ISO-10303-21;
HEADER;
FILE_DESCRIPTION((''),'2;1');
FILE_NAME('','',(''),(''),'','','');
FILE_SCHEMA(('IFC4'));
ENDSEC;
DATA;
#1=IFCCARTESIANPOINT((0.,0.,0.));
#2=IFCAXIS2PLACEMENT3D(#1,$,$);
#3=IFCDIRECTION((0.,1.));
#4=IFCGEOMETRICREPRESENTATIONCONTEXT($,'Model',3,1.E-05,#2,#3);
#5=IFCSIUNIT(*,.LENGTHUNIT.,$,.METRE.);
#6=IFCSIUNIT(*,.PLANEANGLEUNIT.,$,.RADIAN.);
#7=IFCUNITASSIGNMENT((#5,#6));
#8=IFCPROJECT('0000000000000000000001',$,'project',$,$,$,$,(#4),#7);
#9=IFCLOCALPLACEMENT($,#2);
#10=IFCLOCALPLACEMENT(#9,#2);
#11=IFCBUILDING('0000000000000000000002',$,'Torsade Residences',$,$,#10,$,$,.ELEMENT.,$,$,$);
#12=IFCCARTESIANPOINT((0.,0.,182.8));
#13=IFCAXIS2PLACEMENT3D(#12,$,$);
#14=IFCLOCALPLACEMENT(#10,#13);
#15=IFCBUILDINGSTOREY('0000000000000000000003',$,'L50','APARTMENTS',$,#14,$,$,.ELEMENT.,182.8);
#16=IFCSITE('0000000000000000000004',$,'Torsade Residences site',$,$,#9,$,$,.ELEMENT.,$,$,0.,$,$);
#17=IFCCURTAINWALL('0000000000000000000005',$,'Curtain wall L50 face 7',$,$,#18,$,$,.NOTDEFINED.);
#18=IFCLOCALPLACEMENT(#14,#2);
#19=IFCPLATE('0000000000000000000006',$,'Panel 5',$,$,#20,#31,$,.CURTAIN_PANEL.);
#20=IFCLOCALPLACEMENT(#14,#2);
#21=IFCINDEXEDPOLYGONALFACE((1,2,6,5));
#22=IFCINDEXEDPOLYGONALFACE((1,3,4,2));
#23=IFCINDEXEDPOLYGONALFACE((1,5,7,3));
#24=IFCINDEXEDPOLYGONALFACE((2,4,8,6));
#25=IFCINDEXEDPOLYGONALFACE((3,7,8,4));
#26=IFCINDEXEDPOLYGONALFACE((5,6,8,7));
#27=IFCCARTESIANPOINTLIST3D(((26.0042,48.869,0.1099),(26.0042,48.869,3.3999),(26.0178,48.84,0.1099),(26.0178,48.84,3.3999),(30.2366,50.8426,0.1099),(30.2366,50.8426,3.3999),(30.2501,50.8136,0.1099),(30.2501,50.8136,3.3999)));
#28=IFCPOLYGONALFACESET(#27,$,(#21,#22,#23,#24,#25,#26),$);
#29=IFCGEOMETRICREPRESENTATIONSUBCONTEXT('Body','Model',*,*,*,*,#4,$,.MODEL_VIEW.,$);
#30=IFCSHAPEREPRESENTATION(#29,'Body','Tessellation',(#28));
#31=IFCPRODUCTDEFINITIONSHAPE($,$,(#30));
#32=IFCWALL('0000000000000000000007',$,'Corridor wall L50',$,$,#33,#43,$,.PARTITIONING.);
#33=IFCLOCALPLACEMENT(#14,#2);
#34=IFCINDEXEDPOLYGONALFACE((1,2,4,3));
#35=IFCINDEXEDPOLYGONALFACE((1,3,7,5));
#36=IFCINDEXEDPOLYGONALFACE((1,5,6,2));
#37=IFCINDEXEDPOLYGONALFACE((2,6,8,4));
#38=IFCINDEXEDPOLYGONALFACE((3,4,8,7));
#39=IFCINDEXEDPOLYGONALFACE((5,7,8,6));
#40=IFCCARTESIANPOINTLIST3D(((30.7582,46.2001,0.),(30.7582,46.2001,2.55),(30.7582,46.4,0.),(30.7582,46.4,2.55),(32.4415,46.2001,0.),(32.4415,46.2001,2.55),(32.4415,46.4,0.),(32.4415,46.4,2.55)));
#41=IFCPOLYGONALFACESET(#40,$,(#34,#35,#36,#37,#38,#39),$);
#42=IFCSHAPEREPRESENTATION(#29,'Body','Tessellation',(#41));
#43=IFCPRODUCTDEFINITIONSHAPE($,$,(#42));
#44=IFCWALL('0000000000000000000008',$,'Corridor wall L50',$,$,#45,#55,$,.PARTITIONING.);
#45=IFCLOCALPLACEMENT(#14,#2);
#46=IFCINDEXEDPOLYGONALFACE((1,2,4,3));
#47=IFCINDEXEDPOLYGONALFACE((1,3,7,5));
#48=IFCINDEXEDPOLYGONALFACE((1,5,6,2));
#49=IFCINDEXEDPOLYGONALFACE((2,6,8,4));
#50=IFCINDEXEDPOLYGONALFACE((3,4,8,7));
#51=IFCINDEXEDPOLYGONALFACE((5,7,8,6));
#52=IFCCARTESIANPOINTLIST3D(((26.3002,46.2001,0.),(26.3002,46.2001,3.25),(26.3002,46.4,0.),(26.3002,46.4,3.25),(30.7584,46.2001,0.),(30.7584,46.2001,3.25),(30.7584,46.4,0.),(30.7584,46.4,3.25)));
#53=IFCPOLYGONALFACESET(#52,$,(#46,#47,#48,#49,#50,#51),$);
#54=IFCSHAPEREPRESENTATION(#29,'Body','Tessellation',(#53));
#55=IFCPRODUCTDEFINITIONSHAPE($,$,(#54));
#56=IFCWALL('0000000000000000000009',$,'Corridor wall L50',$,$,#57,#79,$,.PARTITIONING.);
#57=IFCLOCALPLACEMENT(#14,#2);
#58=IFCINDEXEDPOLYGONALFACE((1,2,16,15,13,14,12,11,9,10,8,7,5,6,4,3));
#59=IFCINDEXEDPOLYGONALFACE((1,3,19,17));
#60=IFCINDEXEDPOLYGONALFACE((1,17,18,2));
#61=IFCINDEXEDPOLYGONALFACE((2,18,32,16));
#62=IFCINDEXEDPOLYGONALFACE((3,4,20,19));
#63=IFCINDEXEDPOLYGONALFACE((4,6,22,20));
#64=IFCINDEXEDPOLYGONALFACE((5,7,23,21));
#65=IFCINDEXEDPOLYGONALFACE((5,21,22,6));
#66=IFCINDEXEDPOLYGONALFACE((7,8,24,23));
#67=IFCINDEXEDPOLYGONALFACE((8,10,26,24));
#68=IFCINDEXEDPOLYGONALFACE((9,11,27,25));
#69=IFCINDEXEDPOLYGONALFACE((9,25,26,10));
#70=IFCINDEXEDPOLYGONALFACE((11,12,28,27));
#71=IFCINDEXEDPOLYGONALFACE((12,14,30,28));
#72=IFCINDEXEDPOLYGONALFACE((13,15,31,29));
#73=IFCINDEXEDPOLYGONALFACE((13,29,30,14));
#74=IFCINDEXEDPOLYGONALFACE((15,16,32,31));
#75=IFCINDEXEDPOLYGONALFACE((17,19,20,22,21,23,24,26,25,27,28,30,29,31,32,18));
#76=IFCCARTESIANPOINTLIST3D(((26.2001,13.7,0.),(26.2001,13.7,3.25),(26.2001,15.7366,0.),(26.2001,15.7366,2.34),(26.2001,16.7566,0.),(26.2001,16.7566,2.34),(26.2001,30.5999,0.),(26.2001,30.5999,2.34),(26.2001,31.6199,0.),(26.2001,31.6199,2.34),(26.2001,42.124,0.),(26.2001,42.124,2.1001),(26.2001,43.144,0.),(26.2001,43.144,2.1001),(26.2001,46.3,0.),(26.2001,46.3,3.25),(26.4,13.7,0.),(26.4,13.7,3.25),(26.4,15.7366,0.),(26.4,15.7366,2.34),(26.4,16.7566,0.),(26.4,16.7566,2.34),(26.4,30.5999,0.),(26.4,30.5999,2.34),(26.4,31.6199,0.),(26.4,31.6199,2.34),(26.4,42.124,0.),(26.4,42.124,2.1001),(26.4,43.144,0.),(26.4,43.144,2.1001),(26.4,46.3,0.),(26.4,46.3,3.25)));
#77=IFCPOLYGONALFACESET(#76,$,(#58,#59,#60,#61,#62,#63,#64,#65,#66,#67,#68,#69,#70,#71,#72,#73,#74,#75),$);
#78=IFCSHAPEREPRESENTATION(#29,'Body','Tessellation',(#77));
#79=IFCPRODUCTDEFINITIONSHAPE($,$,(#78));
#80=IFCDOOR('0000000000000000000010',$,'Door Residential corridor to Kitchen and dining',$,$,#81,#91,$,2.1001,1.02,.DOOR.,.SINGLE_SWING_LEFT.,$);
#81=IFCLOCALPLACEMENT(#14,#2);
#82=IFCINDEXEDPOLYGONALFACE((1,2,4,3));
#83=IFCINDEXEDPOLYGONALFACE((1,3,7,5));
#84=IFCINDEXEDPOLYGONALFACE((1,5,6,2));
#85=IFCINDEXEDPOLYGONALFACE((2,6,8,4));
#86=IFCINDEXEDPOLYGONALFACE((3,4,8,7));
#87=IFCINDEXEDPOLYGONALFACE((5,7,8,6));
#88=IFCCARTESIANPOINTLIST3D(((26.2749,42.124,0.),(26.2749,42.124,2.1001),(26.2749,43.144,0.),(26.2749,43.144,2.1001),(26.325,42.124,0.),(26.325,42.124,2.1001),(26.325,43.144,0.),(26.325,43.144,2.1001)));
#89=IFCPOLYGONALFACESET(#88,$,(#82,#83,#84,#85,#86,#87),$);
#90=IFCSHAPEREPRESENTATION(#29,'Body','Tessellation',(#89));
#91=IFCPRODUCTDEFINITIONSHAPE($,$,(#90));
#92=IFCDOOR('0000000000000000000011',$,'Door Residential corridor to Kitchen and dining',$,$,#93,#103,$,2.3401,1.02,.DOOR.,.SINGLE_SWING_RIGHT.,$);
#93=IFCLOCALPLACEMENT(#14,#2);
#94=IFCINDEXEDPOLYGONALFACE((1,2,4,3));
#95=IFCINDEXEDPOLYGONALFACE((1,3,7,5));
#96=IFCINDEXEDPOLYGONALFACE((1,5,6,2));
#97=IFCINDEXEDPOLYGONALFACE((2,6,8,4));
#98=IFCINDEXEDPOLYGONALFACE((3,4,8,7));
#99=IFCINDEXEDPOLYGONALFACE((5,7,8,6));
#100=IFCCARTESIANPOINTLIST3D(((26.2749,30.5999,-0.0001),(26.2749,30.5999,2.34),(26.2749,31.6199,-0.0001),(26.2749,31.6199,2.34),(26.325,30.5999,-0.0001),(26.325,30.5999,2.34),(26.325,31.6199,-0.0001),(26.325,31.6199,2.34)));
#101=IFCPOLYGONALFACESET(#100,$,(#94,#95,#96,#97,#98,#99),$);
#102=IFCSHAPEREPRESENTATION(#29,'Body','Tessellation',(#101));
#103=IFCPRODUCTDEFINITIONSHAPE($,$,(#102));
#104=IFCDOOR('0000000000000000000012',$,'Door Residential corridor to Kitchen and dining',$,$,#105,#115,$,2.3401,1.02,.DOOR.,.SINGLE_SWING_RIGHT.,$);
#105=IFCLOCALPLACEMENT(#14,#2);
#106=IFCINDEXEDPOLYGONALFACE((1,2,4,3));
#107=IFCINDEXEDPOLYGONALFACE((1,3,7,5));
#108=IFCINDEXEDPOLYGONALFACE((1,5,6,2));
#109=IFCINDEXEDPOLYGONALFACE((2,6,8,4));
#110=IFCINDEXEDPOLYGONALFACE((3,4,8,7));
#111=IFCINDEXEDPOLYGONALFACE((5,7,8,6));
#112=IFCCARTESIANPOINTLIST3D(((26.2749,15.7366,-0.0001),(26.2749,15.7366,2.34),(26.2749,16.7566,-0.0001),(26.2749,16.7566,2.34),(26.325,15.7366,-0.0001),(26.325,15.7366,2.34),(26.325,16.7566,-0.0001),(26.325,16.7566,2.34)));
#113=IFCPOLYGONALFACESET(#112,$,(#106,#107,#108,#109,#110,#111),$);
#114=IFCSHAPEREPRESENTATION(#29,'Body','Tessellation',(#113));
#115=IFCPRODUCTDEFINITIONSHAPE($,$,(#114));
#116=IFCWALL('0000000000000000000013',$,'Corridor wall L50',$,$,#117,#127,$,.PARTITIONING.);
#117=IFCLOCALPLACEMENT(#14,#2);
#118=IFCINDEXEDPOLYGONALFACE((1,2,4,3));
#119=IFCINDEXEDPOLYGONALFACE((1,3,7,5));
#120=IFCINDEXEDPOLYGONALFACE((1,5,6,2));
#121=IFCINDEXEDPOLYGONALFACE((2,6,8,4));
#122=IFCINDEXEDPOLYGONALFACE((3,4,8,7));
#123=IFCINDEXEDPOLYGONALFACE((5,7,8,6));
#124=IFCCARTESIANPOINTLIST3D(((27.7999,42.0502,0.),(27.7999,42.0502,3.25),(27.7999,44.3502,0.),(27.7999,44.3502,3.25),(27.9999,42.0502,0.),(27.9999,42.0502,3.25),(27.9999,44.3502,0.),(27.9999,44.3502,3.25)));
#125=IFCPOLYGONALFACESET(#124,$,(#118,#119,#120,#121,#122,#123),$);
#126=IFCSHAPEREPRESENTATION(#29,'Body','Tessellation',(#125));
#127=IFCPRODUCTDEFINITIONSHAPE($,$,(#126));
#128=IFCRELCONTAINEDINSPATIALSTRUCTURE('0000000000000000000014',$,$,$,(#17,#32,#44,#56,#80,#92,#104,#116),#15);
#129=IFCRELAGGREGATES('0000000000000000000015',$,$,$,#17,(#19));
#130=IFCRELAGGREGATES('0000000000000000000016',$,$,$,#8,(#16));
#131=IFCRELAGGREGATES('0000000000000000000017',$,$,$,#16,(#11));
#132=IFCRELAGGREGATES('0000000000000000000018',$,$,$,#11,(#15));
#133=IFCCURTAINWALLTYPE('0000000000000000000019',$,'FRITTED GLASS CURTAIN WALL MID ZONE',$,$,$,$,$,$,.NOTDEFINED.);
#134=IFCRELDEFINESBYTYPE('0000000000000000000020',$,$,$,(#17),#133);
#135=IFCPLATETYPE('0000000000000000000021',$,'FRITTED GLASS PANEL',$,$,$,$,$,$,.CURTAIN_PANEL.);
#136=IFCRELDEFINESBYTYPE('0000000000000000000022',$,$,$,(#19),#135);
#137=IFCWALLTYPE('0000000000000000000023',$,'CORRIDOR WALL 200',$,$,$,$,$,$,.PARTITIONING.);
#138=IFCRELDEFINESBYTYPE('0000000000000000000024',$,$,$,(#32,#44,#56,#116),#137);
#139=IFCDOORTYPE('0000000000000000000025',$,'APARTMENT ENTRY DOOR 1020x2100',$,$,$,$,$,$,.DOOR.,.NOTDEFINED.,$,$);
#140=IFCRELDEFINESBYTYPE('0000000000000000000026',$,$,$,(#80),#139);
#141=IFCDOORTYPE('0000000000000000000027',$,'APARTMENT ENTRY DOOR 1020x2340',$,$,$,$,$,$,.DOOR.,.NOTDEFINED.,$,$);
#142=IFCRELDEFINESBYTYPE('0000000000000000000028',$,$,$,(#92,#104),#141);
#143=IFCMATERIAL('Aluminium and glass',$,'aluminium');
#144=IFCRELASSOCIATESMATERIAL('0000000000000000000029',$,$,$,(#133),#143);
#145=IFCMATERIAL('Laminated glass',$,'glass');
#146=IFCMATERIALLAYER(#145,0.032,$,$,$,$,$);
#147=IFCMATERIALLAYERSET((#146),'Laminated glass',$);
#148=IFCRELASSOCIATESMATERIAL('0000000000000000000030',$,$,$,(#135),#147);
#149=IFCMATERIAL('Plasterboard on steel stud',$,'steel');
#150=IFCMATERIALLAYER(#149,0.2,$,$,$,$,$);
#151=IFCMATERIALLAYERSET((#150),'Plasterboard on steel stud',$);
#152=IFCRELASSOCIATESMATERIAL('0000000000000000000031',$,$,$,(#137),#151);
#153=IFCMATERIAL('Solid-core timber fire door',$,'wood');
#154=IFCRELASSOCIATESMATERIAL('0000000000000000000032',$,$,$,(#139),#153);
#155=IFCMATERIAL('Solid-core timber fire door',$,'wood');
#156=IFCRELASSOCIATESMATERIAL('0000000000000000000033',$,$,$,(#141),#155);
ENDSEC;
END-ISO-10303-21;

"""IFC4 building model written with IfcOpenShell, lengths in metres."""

from ifc_helpers import new_model, si_unit, direction, frame, frame_2d, origin, origin_2d, place, context, subcontext, project, spatial, rectangle, extrude, material, layer, layer_set, type_object, element, fill, aggregate, save


model = new_model("IFC4")

# Units and contexts
model_context = context("Model", 3, precision=1e-05, world=origin(), true_north=direction((0.0, 1.0)))
body_context = subcontext(model_context, "Body", "Model", "MODEL_VIEW")
ifc_project = project(units=[si_unit("LENGTHUNIT", "METRE"), si_unit("PLANEANGLEUNIT", "RADIAN")], contexts=[model_context])

# Site, building, storey
site_placement = place(None, origin())
site = spatial("IfcSite", under=ifc_project, at=site_placement, Name="Torsade Residences site", CompositionType="ELEMENT", RefElevation=0.0)
building_placement = place(site_placement, origin())
building = spatial("IfcBuilding", under=site, at=building_placement, Name="Torsade Residences", CompositionType="ELEMENT")
storey_placement = place(building_placement, frame((0.0, 0.0, 182.8)))
storey = spatial("IfcBuildingStorey", under=building, at=storey_placement, Name="L50", Description="APARTMENTS", CompositionType="ELEMENT", Elevation=182.8)

# Curtain wall
ifc_material_1 = material(Name="Aluminium and glass", Category="aluminium")
curtain_wall_type = type_object("IfcCurtainWallType", Name="FRITTED GLASS CURTAIN WALL MID ZONE", PredefinedType="NOTDEFINED", material=ifc_material_1)
curtain_wall_placement = place(storey_placement, origin())
curtain_wall = element("IfcCurtainWall", 1, at=curtain_wall_placement, inside=storey, type_object=curtain_wall_type, Name="Curtain wall L50 face 7", PredefinedType="NOTDEFINED")

# Plate
ifc_material_2 = material(Name="Laminated glass", Category="glass")
ifc_layer_1 = layer(ifc_material_2, 0.032)
ifc_layer_set_1 = layer_set([ifc_layer_1], Name="Laminated glass")
plate_type = type_object("IfcPlateType", Name="FRITTED GLASS PANEL", PredefinedType="CURTAIN_PANEL", material=ifc_layer_set_1)
plate_1_placement = place(storey_placement, frame((28.1272, 49.8413, 0.1099), z_axis=(0.0, 0.0, 1.0), x_axis=(-0.906308, -0.422618, 0.0)))
plate_1 = element("IfcPlate", 2, at=plate_1_placement, type_object=plate_type, Name="Panel 5", PredefinedType="CURTAIN_PANEL", context=body_context, shape_type="SweptSolid", body=[
    extrude(rectangle(XDim=4.6699, YDim=0.032, at=origin_2d()), origin(), (0.0, 0.0, 1.0), 3.29),
])
aggregate(curtain_wall, [plate_1])

# Walls
ifc_material_3 = material(Name="Plasterboard on steel stud", Category="steel")
ifc_layer_2 = layer(ifc_material_3, 0.2)
ifc_layer_set_2 = layer_set([ifc_layer_2], Name="Plasterboard on steel stud")
wall_type_1 = type_object("IfcWallType", Name="CORRIDOR WALL 200", PredefinedType="PARTITIONING", material=ifc_layer_set_2)
wall_1_placement = place(storey_placement, frame((32.4417, 46.3, 0.0), z_axis=(0.0, 0.0, 1.0), x_axis=(-1.0, 0.0, 0.0)))
element("IfcWall", 3, at=wall_1_placement, inside=storey, type_object=wall_type_1, Name="Corridor wall L50", PredefinedType="PARTITIONING", context=body_context, shape_type="SweptSolid", body=[
    extrude(rectangle(XDim=1.6833, YDim=0.2, at=frame_2d((0.8418, 0.0))), origin(), (0.0, 0.0, 1.0), 2.55),
])
wall_2_placement = place(storey_placement, frame((30.7583, 46.3, 0.0), z_axis=(0.0, 0.0, 1.0), x_axis=(-1.0, 0.0, 0.0)))
element("IfcWall", 4, at=wall_2_placement, inside=storey, type_object=wall_type_1, Name="Corridor wall L50", PredefinedType="PARTITIONING", context=body_context, shape_type="SweptSolid", body=[
    extrude(rectangle(XDim=4.4583, YDim=0.2, at=frame_2d((2.229, 0.0))), origin(), (0.0, 0.0, 1.0), 3.25),
])

# Wall, openings, doors
wall_3_placement = place(storey_placement, frame((26.3, 46.3, 0.0), z_axis=(0.0, 0.0, 1.0), x_axis=(0.0, -1.0, 0.0)))
wall_3 = element("IfcWall", 5, at=wall_3_placement, inside=storey, type_object=wall_type_1, Name="Corridor wall L50", PredefinedType="PARTITIONING", context=body_context, shape_type="SweptSolid", body=[
    extrude(rectangle(XDim=32.6001, YDim=0.2, at=frame_2d((16.3, 0.0))), origin(), (0.0, 0.0, 1.0), 3.25),
])
opening_1_placement = place(wall_3_placement, frame((3.156, 0.0, 0.0)))
opening_1 = element("IfcOpeningElement", 6, at=opening_1_placement, cuts=wall_3, PredefinedType="OPENING", context=body_context, shape_type="SweptSolid", body=[
    extrude(rectangle(XDim=1.02, YDim=2.1001, at=frame_2d((0.51, 1.05))), frame((0.0, 0.1099, 0.0), z_axis=(0.0, -1.0, 0.0), x_axis=(1.0, 0.0, 0.0)), (0.0, 0.0, 1.0), 0.22),
])
opening_2_placement = place(wall_3_placement, frame((14.6802, 0.0, 0.0)))
opening_2 = element("IfcOpeningElement", 7, at=opening_2_placement, cuts=wall_3, PredefinedType="OPENING", context=body_context, shape_type="SweptSolid", body=[
    extrude(rectangle(XDim=1.02, YDim=2.3401, at=frame_2d((0.51, 1.1699))), frame((0.0, 0.1099, 0.0), z_axis=(0.0, -1.0, 0.0), x_axis=(1.0, 0.0, 0.0)), (0.0, 0.0, 1.0), 0.22),
])
opening_3_placement = place(wall_3_placement, frame((29.5435, 0.0, 0.0)))
opening_3 = element("IfcOpeningElement", 8, at=opening_3_placement, cuts=wall_3, PredefinedType="OPENING", context=body_context, shape_type="SweptSolid", body=[
    extrude(rectangle(XDim=1.02, YDim=2.3401, at=frame_2d((0.51, 1.1699))), frame((0.0, 0.1099, 0.0), z_axis=(0.0, -1.0, 0.0), x_axis=(1.0, 0.0, 0.0)), (0.0, 0.0, 1.0), 0.22),
])
ifc_material_4 = material(Name="Solid-core timber fire door", Category="wood")
door_type_1 = type_object("IfcDoorType", Name="APARTMENT ENTRY DOOR 1020x2100", OperationType="NOTDEFINED", PredefinedType="DOOR", material=ifc_material_4)
door_1_placement = place(opening_1_placement, origin())
door_1 = element("IfcDoor", 9, at=door_1_placement, inside=storey, type_object=door_type_1, Name="Door Residential corridor to Kitchen and dining", OperationType="SINGLE_SWING_LEFT", OverallHeight=2.1001, OverallWidth=1.02, PredefinedType="DOOR", context=body_context, shape_type="SweptSolid", body=[
    extrude(rectangle(XDim=1.02, YDim=2.1001, at=frame_2d((0.51, 1.05))), frame((0.0, 0.0249, 0.0), z_axis=(0.0, -1.0, 0.0), x_axis=(1.0, 0.0, 0.0)), (0.0, 0.0, 1.0), 0.05),
])
fill(opening_1, door_1)
ifc_material_5 = material(Name="Solid-core timber fire door", Category="wood")
door_type_2 = type_object("IfcDoorType", Name="APARTMENT ENTRY DOOR 1020x2340", OperationType="NOTDEFINED", PredefinedType="DOOR", material=ifc_material_5)
door_2_placement = place(opening_2_placement, origin())
door_2 = element("IfcDoor", 10, at=door_2_placement, inside=storey, type_object=door_type_2, Name="Door Residential corridor to Kitchen and dining", OperationType="SINGLE_SWING_RIGHT", OverallHeight=2.3401, OverallWidth=1.02, PredefinedType="DOOR", context=body_context, shape_type="SweptSolid", body=[
    extrude(rectangle(XDim=1.02, YDim=2.3401, at=frame_2d((0.51, 1.1699))), frame((0.0, 0.0249, 0.0), z_axis=(0.0, -1.0, 0.0), x_axis=(1.0, 0.0, 0.0)), (0.0, 0.0, 1.0), 0.05),
])
fill(opening_2, door_2)
door_3_placement = place(opening_3_placement, origin())
door_3 = element("IfcDoor", 11, at=door_3_placement, inside=storey, type_object=door_type_2, Name="Door Residential corridor to Kitchen and dining", OperationType="SINGLE_SWING_RIGHT", OverallHeight=2.3401, OverallWidth=1.02, PredefinedType="DOOR", context=body_context, shape_type="SweptSolid", body=[
    extrude(rectangle(XDim=1.02, YDim=2.3401, at=frame_2d((0.51, 1.1699))), frame((0.0, 0.0249, 0.0), z_axis=(0.0, -1.0, 0.0), x_axis=(1.0, 0.0, 0.0)), (0.0, 0.0, 1.0), 0.05),
])
fill(opening_3, door_3)

# Wall
wall_4_placement = place(storey_placement, frame((27.8999, 44.3501, 0.0), z_axis=(0.0, 0.0, 1.0), x_axis=(0.0, -1.0, 0.0)))
element("IfcWall", 12, at=wall_4_placement, inside=storey, type_object=wall_type_1, Name="Corridor wall L50", PredefinedType="PARTITIONING", context=body_context, shape_type="SweptSolid", body=[
    extrude(rectangle(XDim=2.3, YDim=0.2, at=frame_2d((1.1499, 0.0))), origin(), (0.0, 0.0, 1.0), 3.25),
])

save(model, "model.ifc")
